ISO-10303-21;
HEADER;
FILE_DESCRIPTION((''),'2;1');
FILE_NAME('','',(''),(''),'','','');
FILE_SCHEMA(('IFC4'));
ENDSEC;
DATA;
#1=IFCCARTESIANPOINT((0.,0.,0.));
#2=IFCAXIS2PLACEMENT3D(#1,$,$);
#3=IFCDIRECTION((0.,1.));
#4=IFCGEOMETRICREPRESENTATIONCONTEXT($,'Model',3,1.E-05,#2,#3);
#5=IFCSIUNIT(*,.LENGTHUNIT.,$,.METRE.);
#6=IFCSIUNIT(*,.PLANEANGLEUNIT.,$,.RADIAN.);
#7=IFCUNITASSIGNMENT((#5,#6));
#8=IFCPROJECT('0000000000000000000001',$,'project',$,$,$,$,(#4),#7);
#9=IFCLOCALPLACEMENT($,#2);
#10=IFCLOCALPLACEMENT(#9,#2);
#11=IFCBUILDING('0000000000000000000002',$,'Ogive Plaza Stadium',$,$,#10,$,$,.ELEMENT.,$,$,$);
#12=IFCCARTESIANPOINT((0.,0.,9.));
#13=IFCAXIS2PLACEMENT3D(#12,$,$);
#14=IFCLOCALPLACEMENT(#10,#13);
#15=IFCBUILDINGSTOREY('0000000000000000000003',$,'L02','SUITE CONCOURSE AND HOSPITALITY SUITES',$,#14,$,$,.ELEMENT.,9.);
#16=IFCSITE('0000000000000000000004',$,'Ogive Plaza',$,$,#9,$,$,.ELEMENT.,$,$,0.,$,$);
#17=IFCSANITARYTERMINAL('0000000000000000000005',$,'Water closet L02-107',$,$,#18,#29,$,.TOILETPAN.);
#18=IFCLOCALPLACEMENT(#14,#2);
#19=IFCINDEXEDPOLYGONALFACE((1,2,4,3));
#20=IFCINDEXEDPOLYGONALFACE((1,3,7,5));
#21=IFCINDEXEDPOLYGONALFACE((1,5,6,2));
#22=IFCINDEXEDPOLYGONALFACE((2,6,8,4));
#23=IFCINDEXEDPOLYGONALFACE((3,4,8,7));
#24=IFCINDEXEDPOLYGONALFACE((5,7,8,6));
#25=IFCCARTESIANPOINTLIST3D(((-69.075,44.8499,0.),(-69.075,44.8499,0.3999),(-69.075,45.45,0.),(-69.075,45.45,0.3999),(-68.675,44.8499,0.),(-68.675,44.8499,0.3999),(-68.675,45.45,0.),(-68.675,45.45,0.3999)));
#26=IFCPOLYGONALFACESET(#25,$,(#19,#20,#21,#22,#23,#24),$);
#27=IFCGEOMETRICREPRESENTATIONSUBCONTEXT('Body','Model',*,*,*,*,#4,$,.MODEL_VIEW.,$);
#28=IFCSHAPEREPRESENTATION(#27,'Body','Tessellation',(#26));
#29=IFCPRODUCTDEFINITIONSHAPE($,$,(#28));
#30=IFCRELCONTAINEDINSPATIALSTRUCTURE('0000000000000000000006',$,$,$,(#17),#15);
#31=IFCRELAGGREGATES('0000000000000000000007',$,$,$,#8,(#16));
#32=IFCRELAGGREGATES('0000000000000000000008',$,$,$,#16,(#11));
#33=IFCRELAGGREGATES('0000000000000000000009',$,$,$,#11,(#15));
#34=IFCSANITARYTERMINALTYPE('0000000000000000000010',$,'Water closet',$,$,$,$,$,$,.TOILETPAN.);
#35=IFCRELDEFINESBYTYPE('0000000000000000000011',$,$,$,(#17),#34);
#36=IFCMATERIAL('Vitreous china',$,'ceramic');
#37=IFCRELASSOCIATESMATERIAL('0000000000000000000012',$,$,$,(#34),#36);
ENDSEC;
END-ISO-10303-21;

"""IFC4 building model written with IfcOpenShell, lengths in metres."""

from ifc_helpers import new_model, si_unit, direction, frame, origin, origin_2d, place, context, subcontext, project, spatial, rectangle, extrude, material, type_object, element, save


model = new_model("IFC4")

# Units and contexts
model_context = context("Model", 3, precision=1e-05, world=origin(), true_north=direction((0.0, 1.0)))
body_context = subcontext(model_context, "Body", "Model", "MODEL_VIEW")
ifc_project = project(units=[si_unit("LENGTHUNIT", "METRE"), si_unit("PLANEANGLEUNIT", "RADIAN")], contexts=[model_context])

# Site, building, storey
site_placement = place(None, origin())
site = spatial("IfcSite", under=ifc_project, at=site_placement, Name="Ogive Plaza", CompositionType="ELEMENT", RefElevation=0.0)
building_placement = place(site_placement, origin())
building = spatial("IfcBuilding", under=site, at=building_placement, Name="Ogive Plaza Stadium", CompositionType="ELEMENT")
storey_placement = place(building_placement, frame((0.0, 0.0, 9.0)))
storey = spatial("IfcBuildingStorey", under=building, at=storey_placement, Name="L02", Description="SUITE CONCOURSE AND HOSPITALITY SUITES", CompositionType="ELEMENT", Elevation=9.0)

# Sanitary terminal
ifc_material_1 = material(Name="Vitreous china", Category="ceramic")
sanitary_terminal_type_1 = type_object("IfcSanitaryTerminalType", Name="Water closet", PredefinedType="TOILETPAN", material=ifc_material_1)
for number, where, z_axis, x_axis, name in (
    (1, (-68.875, 45.1499, 0.0), (0.0, 0.0, 1.0), (1.0, 0.0, 0.0), "Water closet L02-107"),
):
    element("IfcSanitaryTerminal", number, at=place(storey_placement, frame(where, z_axis=z_axis, x_axis=x_axis)), inside=storey, type_object=sanitary_terminal_type_1, Name=name, PredefinedType="TOILETPAN", context=body_context, shape_type="SweptSolid", body=[
        extrude(rectangle(XDim=0.3999, YDim=0.6001, at=origin_2d()), origin(), (0.0, 0.0, 1.0), 0.3999),
    ])

save(model, "model.ifc")
